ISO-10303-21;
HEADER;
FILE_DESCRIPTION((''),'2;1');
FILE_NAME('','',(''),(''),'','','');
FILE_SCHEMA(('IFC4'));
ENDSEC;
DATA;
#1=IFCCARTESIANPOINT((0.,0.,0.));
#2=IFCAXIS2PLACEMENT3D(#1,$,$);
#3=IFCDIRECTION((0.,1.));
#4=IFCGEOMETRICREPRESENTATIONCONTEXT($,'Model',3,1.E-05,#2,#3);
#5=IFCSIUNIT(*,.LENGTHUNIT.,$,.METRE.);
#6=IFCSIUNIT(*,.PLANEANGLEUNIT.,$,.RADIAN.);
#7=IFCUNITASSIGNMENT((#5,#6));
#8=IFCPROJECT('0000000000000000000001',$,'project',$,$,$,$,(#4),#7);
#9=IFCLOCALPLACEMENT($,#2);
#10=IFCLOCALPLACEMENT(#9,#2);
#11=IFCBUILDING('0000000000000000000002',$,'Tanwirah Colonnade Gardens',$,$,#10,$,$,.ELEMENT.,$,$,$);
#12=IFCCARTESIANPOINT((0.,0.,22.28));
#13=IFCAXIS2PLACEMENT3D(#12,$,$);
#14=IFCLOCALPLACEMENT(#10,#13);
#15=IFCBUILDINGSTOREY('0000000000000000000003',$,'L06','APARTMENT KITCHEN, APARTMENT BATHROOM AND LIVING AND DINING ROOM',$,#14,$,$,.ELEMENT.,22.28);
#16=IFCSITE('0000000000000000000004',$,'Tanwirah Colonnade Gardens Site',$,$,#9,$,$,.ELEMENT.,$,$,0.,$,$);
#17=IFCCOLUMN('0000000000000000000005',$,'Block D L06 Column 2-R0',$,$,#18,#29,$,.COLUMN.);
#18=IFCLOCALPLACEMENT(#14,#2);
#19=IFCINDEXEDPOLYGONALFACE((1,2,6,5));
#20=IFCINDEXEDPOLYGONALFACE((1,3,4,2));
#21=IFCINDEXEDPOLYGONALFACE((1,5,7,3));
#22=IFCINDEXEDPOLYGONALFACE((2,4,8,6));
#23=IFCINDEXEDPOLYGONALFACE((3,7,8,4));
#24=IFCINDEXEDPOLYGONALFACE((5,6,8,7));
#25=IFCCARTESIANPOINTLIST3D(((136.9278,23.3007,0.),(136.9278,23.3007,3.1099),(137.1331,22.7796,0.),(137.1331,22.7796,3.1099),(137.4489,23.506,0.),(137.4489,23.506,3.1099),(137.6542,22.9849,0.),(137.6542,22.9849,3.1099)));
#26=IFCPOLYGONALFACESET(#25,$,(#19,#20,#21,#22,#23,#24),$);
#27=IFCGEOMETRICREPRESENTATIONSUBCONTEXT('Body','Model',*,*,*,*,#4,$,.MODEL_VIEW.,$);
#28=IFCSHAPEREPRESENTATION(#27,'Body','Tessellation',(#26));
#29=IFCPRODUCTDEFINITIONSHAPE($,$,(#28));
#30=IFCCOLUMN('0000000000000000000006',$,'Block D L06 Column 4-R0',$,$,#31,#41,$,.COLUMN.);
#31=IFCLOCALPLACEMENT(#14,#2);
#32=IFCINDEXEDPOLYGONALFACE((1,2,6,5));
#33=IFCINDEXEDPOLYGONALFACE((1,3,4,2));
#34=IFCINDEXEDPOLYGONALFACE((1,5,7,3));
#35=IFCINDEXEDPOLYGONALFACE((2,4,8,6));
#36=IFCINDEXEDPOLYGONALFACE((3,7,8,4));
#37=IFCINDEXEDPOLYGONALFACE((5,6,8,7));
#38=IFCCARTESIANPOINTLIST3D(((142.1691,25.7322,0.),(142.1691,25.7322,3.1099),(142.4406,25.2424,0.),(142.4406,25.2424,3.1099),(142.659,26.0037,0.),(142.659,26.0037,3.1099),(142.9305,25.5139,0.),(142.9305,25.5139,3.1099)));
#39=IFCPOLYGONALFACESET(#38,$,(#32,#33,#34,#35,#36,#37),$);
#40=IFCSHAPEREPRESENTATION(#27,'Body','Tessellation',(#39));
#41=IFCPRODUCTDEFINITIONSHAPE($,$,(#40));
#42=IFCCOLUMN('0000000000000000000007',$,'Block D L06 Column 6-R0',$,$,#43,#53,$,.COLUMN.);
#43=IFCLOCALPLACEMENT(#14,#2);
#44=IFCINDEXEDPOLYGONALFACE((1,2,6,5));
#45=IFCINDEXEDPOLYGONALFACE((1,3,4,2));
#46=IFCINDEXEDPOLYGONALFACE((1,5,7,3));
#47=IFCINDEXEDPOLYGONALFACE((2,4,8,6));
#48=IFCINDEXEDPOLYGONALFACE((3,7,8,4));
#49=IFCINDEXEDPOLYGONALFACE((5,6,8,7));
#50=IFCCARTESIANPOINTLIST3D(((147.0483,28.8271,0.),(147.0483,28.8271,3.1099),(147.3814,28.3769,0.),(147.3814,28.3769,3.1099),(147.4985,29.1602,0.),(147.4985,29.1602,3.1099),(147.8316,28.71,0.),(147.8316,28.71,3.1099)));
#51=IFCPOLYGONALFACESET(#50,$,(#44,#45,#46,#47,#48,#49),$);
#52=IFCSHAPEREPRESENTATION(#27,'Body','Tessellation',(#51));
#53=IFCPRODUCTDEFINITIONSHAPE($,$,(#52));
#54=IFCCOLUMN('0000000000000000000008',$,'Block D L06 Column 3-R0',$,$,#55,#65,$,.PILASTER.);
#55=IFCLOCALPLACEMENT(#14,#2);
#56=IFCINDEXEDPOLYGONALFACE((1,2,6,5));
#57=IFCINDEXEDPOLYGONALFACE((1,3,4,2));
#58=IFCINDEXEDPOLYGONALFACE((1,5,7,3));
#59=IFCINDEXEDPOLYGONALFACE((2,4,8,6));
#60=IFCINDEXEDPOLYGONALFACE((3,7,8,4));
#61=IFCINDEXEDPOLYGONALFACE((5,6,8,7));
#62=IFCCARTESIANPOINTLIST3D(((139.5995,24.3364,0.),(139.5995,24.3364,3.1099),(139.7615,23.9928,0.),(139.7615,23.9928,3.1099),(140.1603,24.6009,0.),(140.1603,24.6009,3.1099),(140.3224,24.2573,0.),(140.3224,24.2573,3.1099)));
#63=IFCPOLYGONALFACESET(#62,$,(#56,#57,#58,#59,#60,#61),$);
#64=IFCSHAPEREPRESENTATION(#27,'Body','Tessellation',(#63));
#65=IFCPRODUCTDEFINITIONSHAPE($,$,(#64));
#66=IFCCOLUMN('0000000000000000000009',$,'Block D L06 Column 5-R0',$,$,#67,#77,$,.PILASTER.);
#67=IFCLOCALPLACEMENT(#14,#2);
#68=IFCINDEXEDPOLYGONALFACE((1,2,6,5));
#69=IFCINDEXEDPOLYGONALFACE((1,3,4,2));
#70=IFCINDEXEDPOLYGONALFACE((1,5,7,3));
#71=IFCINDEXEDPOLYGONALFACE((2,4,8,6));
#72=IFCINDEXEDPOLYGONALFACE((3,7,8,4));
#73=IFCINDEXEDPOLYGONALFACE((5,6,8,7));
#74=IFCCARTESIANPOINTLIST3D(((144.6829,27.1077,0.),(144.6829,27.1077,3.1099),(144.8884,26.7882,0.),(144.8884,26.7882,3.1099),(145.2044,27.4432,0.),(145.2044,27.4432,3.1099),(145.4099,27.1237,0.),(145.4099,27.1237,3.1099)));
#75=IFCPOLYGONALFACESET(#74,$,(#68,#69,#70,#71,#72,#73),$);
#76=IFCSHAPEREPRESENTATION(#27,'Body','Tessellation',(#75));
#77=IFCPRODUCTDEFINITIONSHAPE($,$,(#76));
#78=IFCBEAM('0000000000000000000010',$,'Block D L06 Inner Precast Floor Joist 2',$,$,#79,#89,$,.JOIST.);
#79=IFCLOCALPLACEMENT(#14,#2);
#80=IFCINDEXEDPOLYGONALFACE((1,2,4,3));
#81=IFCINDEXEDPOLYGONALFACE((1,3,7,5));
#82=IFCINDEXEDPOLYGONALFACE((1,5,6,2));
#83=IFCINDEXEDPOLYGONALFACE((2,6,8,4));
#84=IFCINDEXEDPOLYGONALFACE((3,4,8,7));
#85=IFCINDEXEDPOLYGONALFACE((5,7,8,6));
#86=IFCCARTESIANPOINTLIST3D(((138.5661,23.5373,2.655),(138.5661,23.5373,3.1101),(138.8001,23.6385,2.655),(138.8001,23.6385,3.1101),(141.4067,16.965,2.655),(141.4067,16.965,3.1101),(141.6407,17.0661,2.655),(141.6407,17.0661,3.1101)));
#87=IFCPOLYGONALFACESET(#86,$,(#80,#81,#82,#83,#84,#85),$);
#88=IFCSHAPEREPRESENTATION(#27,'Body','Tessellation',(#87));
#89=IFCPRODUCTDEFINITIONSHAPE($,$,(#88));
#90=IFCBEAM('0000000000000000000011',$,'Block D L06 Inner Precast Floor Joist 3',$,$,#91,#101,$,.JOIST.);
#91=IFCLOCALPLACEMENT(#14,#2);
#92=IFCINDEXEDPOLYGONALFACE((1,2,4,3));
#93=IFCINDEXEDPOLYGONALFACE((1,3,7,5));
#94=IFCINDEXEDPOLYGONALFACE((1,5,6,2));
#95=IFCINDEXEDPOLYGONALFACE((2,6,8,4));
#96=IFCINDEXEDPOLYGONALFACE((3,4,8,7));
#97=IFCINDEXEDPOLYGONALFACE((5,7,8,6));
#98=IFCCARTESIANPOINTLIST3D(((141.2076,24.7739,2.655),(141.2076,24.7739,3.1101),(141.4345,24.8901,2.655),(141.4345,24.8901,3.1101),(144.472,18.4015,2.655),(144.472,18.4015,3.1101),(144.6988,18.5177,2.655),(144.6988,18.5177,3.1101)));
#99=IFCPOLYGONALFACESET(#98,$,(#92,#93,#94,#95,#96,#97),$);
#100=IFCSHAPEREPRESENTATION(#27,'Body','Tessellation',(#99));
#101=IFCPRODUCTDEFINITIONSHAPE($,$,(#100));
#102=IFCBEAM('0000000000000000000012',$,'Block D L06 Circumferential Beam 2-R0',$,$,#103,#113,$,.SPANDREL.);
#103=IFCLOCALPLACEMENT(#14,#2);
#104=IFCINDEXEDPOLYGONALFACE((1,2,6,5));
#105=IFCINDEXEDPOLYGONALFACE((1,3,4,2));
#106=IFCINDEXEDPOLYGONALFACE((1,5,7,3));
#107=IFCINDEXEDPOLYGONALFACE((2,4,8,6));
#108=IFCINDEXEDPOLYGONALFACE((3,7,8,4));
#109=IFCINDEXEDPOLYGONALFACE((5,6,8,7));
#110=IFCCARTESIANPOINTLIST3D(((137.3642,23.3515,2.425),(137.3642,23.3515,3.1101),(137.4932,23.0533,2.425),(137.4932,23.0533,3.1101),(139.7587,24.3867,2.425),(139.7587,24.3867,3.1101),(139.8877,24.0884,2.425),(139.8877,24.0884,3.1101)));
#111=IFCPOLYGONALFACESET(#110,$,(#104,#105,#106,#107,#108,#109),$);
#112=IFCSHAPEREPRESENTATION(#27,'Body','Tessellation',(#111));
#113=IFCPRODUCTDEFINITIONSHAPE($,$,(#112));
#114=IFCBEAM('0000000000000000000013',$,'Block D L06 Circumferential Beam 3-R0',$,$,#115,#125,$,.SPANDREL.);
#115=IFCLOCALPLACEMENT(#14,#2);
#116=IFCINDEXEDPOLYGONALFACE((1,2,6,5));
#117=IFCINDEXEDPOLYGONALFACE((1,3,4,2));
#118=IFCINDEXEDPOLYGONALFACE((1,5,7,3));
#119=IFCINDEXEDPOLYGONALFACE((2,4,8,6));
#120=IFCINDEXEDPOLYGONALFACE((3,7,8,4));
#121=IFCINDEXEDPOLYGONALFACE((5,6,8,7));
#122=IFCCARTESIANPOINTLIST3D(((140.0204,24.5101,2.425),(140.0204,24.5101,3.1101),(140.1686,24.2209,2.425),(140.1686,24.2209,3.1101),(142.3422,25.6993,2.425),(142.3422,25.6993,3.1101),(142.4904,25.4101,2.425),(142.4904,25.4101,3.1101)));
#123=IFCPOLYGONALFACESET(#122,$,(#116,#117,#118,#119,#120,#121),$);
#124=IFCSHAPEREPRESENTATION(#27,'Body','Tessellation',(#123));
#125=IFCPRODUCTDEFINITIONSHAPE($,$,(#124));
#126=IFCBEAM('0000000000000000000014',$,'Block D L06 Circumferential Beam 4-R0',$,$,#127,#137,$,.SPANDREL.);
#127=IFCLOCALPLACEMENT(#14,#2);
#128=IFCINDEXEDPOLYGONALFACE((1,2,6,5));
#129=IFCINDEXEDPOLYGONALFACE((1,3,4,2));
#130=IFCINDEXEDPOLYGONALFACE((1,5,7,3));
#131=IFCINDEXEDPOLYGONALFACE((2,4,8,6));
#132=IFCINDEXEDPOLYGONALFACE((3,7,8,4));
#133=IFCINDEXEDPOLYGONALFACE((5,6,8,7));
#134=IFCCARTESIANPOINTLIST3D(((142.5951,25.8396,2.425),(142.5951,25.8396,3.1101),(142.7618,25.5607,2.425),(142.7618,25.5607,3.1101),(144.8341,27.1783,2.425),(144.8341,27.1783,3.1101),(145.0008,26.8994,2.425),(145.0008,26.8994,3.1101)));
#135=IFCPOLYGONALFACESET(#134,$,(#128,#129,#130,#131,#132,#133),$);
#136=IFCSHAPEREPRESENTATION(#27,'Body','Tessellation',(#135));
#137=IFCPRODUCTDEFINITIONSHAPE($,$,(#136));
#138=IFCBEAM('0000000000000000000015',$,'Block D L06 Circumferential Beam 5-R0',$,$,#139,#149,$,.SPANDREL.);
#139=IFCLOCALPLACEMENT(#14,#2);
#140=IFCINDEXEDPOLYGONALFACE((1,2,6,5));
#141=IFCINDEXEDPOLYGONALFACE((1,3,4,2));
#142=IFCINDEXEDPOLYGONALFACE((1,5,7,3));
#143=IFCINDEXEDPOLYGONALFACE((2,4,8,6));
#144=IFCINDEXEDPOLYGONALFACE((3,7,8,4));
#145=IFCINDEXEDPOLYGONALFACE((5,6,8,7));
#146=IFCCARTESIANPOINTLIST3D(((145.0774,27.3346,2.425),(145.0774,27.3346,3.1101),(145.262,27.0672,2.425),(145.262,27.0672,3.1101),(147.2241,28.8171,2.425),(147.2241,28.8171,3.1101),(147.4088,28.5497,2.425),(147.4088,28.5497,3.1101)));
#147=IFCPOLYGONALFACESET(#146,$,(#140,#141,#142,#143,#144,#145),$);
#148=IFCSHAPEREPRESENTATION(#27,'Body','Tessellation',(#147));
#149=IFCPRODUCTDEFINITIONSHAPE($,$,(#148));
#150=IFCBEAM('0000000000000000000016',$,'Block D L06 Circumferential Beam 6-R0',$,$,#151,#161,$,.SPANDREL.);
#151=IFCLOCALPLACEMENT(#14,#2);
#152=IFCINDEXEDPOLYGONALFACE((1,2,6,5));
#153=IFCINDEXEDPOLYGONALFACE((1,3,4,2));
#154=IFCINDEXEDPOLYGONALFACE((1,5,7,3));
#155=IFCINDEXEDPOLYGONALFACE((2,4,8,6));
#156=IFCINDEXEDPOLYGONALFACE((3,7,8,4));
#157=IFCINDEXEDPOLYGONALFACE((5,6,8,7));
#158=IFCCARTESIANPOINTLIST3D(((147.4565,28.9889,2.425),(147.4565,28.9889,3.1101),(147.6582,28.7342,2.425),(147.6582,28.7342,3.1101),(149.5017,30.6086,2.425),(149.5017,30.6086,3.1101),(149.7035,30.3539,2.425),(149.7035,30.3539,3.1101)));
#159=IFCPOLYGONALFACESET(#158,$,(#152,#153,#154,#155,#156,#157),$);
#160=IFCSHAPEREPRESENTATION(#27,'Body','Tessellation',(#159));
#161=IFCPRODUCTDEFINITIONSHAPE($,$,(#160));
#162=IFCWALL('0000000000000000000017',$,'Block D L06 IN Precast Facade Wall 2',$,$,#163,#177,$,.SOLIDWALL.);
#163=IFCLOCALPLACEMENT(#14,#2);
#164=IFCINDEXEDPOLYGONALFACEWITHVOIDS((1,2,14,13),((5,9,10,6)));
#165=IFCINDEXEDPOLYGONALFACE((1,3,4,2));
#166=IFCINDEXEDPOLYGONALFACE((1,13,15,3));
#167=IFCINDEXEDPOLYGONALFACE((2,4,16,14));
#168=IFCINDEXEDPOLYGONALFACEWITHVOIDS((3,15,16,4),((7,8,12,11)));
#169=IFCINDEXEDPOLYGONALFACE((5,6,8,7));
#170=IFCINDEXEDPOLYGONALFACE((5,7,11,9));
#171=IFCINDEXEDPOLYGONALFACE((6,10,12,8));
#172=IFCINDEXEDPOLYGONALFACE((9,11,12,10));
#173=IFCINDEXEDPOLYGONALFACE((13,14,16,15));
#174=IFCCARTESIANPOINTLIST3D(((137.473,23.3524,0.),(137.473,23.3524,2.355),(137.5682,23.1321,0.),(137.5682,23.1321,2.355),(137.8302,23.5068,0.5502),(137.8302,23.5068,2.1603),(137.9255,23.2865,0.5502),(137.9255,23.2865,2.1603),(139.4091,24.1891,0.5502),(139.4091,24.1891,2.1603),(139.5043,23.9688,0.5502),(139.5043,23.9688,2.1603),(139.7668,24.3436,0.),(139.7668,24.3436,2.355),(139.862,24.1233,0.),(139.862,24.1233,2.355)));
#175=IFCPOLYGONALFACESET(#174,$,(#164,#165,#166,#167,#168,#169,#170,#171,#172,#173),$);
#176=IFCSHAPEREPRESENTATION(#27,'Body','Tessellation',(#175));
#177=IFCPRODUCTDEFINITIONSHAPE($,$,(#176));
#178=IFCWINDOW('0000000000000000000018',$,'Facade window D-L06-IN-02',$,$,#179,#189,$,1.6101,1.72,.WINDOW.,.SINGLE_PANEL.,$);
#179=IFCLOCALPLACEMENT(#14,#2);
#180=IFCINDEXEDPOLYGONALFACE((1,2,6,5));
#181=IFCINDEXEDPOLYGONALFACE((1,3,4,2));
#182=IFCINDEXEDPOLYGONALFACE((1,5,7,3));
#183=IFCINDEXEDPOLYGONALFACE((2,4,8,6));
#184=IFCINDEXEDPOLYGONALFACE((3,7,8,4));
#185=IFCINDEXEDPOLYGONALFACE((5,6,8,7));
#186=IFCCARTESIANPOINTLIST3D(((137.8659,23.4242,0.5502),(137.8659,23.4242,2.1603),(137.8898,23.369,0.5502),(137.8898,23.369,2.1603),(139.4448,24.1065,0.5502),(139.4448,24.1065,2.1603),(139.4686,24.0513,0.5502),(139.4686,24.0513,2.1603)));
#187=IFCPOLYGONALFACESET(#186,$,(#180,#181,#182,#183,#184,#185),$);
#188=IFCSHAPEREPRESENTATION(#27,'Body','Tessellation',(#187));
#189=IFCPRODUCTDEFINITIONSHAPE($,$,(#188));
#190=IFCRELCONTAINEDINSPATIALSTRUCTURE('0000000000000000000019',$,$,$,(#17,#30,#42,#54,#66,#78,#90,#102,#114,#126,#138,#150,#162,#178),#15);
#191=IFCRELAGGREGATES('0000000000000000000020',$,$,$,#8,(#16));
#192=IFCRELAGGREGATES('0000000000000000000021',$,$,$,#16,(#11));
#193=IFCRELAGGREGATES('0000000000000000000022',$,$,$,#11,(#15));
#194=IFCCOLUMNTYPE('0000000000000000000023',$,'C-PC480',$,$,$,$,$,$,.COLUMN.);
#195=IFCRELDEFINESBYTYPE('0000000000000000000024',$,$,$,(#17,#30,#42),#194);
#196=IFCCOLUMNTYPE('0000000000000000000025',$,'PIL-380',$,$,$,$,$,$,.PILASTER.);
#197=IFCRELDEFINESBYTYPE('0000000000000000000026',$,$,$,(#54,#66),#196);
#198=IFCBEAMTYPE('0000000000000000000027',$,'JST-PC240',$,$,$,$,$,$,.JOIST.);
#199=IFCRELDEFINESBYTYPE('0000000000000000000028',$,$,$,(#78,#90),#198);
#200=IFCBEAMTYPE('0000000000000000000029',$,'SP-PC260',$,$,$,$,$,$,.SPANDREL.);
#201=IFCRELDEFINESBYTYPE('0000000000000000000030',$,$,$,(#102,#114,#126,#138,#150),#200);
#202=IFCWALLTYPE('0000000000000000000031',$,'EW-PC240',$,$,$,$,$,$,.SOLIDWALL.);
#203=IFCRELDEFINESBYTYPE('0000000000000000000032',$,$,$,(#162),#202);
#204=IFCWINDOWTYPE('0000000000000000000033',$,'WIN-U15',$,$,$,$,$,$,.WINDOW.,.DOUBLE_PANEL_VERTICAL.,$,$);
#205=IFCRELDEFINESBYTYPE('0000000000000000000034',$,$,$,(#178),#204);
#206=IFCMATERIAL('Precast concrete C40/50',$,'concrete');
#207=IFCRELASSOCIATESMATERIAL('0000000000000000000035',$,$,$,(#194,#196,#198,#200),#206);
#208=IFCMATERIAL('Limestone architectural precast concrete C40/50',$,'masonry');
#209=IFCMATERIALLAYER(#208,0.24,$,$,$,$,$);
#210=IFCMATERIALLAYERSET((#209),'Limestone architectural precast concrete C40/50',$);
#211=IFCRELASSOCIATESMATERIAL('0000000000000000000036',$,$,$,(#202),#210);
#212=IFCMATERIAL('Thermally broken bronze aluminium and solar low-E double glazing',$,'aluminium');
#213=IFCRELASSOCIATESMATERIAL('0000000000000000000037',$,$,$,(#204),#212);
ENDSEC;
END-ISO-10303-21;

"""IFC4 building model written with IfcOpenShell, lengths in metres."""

from ifc_helpers import new_model, si_unit, direction, frame, frame_2d, origin, origin_2d, place, context, subcontext, project, spatial, rectangle, extrude, material, layer, layer_set, material_profile, profile_set, type_object, element, fill, save


model = new_model("IFC4")

# Units and contexts
model_context = context("Model", 3, precision=1e-05, world=origin(), true_north=direction((0.0, 1.0)))
body_context = subcontext(model_context, "Body", "Model", "MODEL_VIEW")
ifc_project = project(units=[si_unit("LENGTHUNIT", "METRE"), si_unit("PLANEANGLEUNIT", "RADIAN")], contexts=[model_context])

# Site, building, storey
site_placement = place(None, origin())
site = spatial("IfcSite", under=ifc_project, at=site_placement, Name="Tanwirah Colonnade Gardens Site", CompositionType="ELEMENT", RefElevation=0.0)
building_placement = place(site_placement, origin())
building = spatial("IfcBuilding", under=site, at=building_placement, Name="Tanwirah Colonnade Gardens", CompositionType="ELEMENT")
storey_placement = place(building_placement, frame((0.0, 0.0, 22.28)))
storey = spatial("IfcBuildingStorey", under=building, at=storey_placement, Name="L06", Description="APARTMENT KITCHEN, APARTMENT BATHROOM AND LIVING AND DINING ROOM", CompositionType="ELEMENT", Elevation=22.28)

# Columns
ifc_material_1 = material(Name="Precast concrete C40/50", Category="concrete")
ifc_material_profile_1 = material_profile(ifc_material_1, rectangle(XDim=0.5601, YDim=0.5601, at=origin_2d()), Name="PC-COL 560x560")
ifc_profile_set_1 = profile_set([ifc_material_profile_1], Name="Precast concrete C40/50")
column_type_1 = type_object("IfcColumnType", Name="C-PC480", PredefinedType="COLUMN", material=ifc_profile_set_1)
for number, where, z_axis, x_axis, name in (
    (1, (137.291, 23.1428, 0.0), (0.0, 0.0, 1.0), (0.366501, -0.930418, 0.0), "Block D L06 Column 2-R0"),
    (2, (142.5498, 25.623, 0.0), (0.0, 0.0, 1.0), (0.48481, -0.87462, 0.0), "Block D L06 Column 4-R0"),
    (3, (147.4399, 28.7686, 0.0), (0.0, 0.0, 1.0), (0.594823, -0.803857, 0.0), "Block D L06 Column 6-R0"),
):
    element("IfcColumn", number, at=place(storey_placement, frame(where, z_axis=z_axis, x_axis=x_axis)), inside=storey, type_object=column_type_1, Name=name, PredefinedType="COLUMN", context=body_context, shape_type="SweptSolid", body=[
        extrude(rectangle(XDim=0.5601, YDim=0.5601, at=origin_2d()), origin(), (0.0, 0.0, 1.0), 3.1099),
    ])
ifc_material_profile_2 = material_profile(ifc_material_1, rectangle(XDim=0.3799, YDim=0.6201, at=origin_2d()), Name="PC-PIL 380x620")
ifc_profile_set_2 = profile_set([ifc_material_profile_2], Name="Precast concrete C40/50")
column_type_2 = type_object("IfcColumnType", Name="PIL-380", PredefinedType="PILASTER", material=ifc_profile_set_2)
for number, where, z_axis, x_axis, name in (
    (4, (139.9609, 24.2969, 0.0), (0.0, 0.0, 1.0), (0.426569, -0.904455, 0.0), "Block D L06 Column 3-R0"),
    (5, (145.0464, 27.1157, 0.0), (0.0, 0.0, 1.0), (0.540974, -0.841039, 0.0), "Block D L06 Column 5-R0"),
):
    element("IfcColumn", number, at=place(storey_placement, frame(where, z_axis=z_axis, x_axis=x_axis)), inside=storey, type_object=column_type_2, Name=name, PredefinedType="PILASTER", context=body_context, shape_type="SweptSolid", body=[
        extrude(rectangle(XDim=0.3799, YDim=0.6201, at=origin_2d()), origin(), (0.0, 0.0, 1.0), 3.1099),
    ])

# Beams
ifc_material_profile_3 = material_profile(ifc_material_1, rectangle(XDim=0.2549, YDim=0.4551, at=origin_2d()), Name="PC-JST 255x455")
ifc_profile_set_3 = profile_set([ifc_material_profile_3], Name="Precast concrete C40/50")
beam_type_1 = type_object("IfcBeamType", Name="JST-PC240", PredefinedType="JOIST", material=ifc_profile_set_3)
for number, where, z_axis, x_axis, name in (
    (6, (138.6831, 23.5879, 2.8826), (0.396736, -0.917933, 0.0), (0.917933, 0.396736, 0.0), "Block D L06 Inner Precast Floor Joist 2"),
    (7, (141.321, 24.832, 2.8826), (0.455921, -0.89002, 0.0), (0.89002, 0.455921, 0.0), "Block D L06 Inner Precast Floor Joist 3"),
):
    element("IfcBeam", number, at=place(storey_placement, frame(where, z_axis=z_axis, x_axis=x_axis)), inside=storey, type_object=beam_type_1, Name=name, PredefinedType="JOIST", context=body_context, shape_type="SweptSolid", body=[
        extrude(rectangle(XDim=0.2549, YDim=0.4551, at=origin_2d()), origin(), (0.0, 0.0, 1.0), 7.1599),
    ])
ifc_material_profile_4 = material_profile(ifc_material_1, rectangle(XDim=0.325, YDim=0.6851, at=origin_2d()), Name="PC-SP 325x685")
ifc_profile_set_4 = profile_set([ifc_material_profile_4], Name="Precast concrete C40/50")
beam_type_2 = type_object("IfcBeamType", Name="SP-PC260", PredefinedType="SPANDREL", material=ifc_profile_set_4)
for number, where, z_axis, x_axis, name in (
    (8, (137.4287, 23.2024, 2.7676), (0.917901, 0.396809, 0.0), (-0.396809, 0.917901, 0.0), "Block D L06 Circumferential Beam 2-R0"),
    (9, (140.0945, 24.3655, 2.7676), (0.890042, 0.455878, 0.0), (-0.455878, 0.890042, 0.0), "Block D L06 Circumferential Beam 3-R0"),
    (10, (142.6785, 25.7002, 2.7676), (0.858301, 0.513146, 0.0), (-0.513146, 0.858301, 0.0), "Block D L06 Circumferential Beam 4-R0"),
):
    element("IfcBeam", number, at=place(storey_placement, frame(where, z_axis=z_axis, x_axis=x_axis)), inside=storey, type_object=beam_type_2, Name=name, PredefinedType="SPANDREL", context=body_context, shape_type="SweptSolid", body=[
        extrude(rectangle(XDim=0.325, YDim=0.6851, at=origin_2d()), origin(), (0.0, 0.0, 1.0), 2.6086),
    ])
for number, where, z_axis, x_axis, name in (
    (11, (145.1697, 27.2009, 2.7676), (0.822869, 0.568231, 0.0), (-0.568231, 0.822869, 0.0), "Block D L06 Circumferential Beam 5-R0"),
    (12, (147.5574, 28.8616, 2.7676), (0.783945, 0.62083, 0.0), (-0.62083, 0.783945, 0.0), "Block D L06 Circumferential Beam 6-R0"),
):
    element("IfcBeam", number, at=place(storey_placement, frame(where, z_axis=z_axis, x_axis=x_axis)), inside=storey, type_object=beam_type_2, Name=name, PredefinedType="SPANDREL", context=body_context, shape_type="SweptSolid", body=[
        extrude(rectangle(XDim=0.325, YDim=0.6851, at=origin_2d()), origin(), (0.0, 0.0, 1.0), 2.6089),
    ])

# Wall, opening, window
ifc_material_2 = material(Name="Limestone architectural precast concrete C40/50", Category="masonry")
ifc_layer_1 = layer(ifc_material_2, 0.24)
ifc_layer_set_1 = layer_set([ifc_layer_1], Name="Limestone architectural precast concrete C40/50")
wall_type_1 = type_object("IfcWallType", Name="EW-PC240", PredefinedType="SOLIDWALL", material=ifc_layer_set_1)
wall_1_placement = place(storey_placement, frame((137.5205, 23.2422, 0.0), z_axis=(0.0, 0.0, 1.0), x_axis=(0.917953, 0.396689, 0.0)))
wall_1 = element("IfcWall", 13, at=wall_1_placement, inside=storey, type_object=wall_type_1, Name="Block D L06 IN Precast Facade Wall 2", PredefinedType="SOLIDWALL", context=body_context, shape_type="SweptSolid", body=[
    extrude(rectangle(XDim=2.4988, YDim=0.24, at=frame_2d((1.2495, 0.0))), origin(), (0.0, 0.0, 1.0), 2.355),
])
opening_1_placement = place(wall_1_placement, frame((0.3894, 0.0, 0.55)))
opening_1 = element("IfcOpeningElement", 14, at=opening_1_placement, cuts=wall_1, PredefinedType="OPENING", context=body_context, shape_type="SweptSolid", body=[
    extrude(rectangle(XDim=1.72, YDim=1.6101, at=frame_2d((0.8599, 0.8052))), frame((0.0, 0.1299, 0.0), z_axis=(0.0, -1.0, 0.0), x_axis=(1.0, 0.0, 0.0)), (0.0, 0.0, 1.0), 0.26),
])
ifc_material_3 = material(Name="Thermally broken bronze aluminium and solar low-E double glazing", Category="aluminium")
window_type = type_object("IfcWindowType", Name="WIN-U15", PartitioningType="DOUBLE_PANEL_VERTICAL", PredefinedType="WINDOW", material=ifc_material_3)
window_placement = place(opening_1_placement, origin())
window = element("IfcWindow", 15, at=window_placement, inside=storey, type_object=window_type, Name="Facade window D-L06-IN-02", OverallHeight=1.6101, OverallWidth=1.72, PartitioningType="SINGLE_PANEL", PredefinedType="WINDOW", context=body_context, shape_type="SweptSolid", body=[
    extrude(rectangle(XDim=1.72, YDim=1.6101, at=frame_2d((0.8599, 0.8052))), frame((0.0, 0.03, 0.0), z_axis=(0.0, -1.0, 0.0), x_axis=(1.0, 0.0, 0.0)), (0.0, 0.0, 1.0), 0.0601),
])
fill(opening_1, window)

save(model, "model.ifc")
